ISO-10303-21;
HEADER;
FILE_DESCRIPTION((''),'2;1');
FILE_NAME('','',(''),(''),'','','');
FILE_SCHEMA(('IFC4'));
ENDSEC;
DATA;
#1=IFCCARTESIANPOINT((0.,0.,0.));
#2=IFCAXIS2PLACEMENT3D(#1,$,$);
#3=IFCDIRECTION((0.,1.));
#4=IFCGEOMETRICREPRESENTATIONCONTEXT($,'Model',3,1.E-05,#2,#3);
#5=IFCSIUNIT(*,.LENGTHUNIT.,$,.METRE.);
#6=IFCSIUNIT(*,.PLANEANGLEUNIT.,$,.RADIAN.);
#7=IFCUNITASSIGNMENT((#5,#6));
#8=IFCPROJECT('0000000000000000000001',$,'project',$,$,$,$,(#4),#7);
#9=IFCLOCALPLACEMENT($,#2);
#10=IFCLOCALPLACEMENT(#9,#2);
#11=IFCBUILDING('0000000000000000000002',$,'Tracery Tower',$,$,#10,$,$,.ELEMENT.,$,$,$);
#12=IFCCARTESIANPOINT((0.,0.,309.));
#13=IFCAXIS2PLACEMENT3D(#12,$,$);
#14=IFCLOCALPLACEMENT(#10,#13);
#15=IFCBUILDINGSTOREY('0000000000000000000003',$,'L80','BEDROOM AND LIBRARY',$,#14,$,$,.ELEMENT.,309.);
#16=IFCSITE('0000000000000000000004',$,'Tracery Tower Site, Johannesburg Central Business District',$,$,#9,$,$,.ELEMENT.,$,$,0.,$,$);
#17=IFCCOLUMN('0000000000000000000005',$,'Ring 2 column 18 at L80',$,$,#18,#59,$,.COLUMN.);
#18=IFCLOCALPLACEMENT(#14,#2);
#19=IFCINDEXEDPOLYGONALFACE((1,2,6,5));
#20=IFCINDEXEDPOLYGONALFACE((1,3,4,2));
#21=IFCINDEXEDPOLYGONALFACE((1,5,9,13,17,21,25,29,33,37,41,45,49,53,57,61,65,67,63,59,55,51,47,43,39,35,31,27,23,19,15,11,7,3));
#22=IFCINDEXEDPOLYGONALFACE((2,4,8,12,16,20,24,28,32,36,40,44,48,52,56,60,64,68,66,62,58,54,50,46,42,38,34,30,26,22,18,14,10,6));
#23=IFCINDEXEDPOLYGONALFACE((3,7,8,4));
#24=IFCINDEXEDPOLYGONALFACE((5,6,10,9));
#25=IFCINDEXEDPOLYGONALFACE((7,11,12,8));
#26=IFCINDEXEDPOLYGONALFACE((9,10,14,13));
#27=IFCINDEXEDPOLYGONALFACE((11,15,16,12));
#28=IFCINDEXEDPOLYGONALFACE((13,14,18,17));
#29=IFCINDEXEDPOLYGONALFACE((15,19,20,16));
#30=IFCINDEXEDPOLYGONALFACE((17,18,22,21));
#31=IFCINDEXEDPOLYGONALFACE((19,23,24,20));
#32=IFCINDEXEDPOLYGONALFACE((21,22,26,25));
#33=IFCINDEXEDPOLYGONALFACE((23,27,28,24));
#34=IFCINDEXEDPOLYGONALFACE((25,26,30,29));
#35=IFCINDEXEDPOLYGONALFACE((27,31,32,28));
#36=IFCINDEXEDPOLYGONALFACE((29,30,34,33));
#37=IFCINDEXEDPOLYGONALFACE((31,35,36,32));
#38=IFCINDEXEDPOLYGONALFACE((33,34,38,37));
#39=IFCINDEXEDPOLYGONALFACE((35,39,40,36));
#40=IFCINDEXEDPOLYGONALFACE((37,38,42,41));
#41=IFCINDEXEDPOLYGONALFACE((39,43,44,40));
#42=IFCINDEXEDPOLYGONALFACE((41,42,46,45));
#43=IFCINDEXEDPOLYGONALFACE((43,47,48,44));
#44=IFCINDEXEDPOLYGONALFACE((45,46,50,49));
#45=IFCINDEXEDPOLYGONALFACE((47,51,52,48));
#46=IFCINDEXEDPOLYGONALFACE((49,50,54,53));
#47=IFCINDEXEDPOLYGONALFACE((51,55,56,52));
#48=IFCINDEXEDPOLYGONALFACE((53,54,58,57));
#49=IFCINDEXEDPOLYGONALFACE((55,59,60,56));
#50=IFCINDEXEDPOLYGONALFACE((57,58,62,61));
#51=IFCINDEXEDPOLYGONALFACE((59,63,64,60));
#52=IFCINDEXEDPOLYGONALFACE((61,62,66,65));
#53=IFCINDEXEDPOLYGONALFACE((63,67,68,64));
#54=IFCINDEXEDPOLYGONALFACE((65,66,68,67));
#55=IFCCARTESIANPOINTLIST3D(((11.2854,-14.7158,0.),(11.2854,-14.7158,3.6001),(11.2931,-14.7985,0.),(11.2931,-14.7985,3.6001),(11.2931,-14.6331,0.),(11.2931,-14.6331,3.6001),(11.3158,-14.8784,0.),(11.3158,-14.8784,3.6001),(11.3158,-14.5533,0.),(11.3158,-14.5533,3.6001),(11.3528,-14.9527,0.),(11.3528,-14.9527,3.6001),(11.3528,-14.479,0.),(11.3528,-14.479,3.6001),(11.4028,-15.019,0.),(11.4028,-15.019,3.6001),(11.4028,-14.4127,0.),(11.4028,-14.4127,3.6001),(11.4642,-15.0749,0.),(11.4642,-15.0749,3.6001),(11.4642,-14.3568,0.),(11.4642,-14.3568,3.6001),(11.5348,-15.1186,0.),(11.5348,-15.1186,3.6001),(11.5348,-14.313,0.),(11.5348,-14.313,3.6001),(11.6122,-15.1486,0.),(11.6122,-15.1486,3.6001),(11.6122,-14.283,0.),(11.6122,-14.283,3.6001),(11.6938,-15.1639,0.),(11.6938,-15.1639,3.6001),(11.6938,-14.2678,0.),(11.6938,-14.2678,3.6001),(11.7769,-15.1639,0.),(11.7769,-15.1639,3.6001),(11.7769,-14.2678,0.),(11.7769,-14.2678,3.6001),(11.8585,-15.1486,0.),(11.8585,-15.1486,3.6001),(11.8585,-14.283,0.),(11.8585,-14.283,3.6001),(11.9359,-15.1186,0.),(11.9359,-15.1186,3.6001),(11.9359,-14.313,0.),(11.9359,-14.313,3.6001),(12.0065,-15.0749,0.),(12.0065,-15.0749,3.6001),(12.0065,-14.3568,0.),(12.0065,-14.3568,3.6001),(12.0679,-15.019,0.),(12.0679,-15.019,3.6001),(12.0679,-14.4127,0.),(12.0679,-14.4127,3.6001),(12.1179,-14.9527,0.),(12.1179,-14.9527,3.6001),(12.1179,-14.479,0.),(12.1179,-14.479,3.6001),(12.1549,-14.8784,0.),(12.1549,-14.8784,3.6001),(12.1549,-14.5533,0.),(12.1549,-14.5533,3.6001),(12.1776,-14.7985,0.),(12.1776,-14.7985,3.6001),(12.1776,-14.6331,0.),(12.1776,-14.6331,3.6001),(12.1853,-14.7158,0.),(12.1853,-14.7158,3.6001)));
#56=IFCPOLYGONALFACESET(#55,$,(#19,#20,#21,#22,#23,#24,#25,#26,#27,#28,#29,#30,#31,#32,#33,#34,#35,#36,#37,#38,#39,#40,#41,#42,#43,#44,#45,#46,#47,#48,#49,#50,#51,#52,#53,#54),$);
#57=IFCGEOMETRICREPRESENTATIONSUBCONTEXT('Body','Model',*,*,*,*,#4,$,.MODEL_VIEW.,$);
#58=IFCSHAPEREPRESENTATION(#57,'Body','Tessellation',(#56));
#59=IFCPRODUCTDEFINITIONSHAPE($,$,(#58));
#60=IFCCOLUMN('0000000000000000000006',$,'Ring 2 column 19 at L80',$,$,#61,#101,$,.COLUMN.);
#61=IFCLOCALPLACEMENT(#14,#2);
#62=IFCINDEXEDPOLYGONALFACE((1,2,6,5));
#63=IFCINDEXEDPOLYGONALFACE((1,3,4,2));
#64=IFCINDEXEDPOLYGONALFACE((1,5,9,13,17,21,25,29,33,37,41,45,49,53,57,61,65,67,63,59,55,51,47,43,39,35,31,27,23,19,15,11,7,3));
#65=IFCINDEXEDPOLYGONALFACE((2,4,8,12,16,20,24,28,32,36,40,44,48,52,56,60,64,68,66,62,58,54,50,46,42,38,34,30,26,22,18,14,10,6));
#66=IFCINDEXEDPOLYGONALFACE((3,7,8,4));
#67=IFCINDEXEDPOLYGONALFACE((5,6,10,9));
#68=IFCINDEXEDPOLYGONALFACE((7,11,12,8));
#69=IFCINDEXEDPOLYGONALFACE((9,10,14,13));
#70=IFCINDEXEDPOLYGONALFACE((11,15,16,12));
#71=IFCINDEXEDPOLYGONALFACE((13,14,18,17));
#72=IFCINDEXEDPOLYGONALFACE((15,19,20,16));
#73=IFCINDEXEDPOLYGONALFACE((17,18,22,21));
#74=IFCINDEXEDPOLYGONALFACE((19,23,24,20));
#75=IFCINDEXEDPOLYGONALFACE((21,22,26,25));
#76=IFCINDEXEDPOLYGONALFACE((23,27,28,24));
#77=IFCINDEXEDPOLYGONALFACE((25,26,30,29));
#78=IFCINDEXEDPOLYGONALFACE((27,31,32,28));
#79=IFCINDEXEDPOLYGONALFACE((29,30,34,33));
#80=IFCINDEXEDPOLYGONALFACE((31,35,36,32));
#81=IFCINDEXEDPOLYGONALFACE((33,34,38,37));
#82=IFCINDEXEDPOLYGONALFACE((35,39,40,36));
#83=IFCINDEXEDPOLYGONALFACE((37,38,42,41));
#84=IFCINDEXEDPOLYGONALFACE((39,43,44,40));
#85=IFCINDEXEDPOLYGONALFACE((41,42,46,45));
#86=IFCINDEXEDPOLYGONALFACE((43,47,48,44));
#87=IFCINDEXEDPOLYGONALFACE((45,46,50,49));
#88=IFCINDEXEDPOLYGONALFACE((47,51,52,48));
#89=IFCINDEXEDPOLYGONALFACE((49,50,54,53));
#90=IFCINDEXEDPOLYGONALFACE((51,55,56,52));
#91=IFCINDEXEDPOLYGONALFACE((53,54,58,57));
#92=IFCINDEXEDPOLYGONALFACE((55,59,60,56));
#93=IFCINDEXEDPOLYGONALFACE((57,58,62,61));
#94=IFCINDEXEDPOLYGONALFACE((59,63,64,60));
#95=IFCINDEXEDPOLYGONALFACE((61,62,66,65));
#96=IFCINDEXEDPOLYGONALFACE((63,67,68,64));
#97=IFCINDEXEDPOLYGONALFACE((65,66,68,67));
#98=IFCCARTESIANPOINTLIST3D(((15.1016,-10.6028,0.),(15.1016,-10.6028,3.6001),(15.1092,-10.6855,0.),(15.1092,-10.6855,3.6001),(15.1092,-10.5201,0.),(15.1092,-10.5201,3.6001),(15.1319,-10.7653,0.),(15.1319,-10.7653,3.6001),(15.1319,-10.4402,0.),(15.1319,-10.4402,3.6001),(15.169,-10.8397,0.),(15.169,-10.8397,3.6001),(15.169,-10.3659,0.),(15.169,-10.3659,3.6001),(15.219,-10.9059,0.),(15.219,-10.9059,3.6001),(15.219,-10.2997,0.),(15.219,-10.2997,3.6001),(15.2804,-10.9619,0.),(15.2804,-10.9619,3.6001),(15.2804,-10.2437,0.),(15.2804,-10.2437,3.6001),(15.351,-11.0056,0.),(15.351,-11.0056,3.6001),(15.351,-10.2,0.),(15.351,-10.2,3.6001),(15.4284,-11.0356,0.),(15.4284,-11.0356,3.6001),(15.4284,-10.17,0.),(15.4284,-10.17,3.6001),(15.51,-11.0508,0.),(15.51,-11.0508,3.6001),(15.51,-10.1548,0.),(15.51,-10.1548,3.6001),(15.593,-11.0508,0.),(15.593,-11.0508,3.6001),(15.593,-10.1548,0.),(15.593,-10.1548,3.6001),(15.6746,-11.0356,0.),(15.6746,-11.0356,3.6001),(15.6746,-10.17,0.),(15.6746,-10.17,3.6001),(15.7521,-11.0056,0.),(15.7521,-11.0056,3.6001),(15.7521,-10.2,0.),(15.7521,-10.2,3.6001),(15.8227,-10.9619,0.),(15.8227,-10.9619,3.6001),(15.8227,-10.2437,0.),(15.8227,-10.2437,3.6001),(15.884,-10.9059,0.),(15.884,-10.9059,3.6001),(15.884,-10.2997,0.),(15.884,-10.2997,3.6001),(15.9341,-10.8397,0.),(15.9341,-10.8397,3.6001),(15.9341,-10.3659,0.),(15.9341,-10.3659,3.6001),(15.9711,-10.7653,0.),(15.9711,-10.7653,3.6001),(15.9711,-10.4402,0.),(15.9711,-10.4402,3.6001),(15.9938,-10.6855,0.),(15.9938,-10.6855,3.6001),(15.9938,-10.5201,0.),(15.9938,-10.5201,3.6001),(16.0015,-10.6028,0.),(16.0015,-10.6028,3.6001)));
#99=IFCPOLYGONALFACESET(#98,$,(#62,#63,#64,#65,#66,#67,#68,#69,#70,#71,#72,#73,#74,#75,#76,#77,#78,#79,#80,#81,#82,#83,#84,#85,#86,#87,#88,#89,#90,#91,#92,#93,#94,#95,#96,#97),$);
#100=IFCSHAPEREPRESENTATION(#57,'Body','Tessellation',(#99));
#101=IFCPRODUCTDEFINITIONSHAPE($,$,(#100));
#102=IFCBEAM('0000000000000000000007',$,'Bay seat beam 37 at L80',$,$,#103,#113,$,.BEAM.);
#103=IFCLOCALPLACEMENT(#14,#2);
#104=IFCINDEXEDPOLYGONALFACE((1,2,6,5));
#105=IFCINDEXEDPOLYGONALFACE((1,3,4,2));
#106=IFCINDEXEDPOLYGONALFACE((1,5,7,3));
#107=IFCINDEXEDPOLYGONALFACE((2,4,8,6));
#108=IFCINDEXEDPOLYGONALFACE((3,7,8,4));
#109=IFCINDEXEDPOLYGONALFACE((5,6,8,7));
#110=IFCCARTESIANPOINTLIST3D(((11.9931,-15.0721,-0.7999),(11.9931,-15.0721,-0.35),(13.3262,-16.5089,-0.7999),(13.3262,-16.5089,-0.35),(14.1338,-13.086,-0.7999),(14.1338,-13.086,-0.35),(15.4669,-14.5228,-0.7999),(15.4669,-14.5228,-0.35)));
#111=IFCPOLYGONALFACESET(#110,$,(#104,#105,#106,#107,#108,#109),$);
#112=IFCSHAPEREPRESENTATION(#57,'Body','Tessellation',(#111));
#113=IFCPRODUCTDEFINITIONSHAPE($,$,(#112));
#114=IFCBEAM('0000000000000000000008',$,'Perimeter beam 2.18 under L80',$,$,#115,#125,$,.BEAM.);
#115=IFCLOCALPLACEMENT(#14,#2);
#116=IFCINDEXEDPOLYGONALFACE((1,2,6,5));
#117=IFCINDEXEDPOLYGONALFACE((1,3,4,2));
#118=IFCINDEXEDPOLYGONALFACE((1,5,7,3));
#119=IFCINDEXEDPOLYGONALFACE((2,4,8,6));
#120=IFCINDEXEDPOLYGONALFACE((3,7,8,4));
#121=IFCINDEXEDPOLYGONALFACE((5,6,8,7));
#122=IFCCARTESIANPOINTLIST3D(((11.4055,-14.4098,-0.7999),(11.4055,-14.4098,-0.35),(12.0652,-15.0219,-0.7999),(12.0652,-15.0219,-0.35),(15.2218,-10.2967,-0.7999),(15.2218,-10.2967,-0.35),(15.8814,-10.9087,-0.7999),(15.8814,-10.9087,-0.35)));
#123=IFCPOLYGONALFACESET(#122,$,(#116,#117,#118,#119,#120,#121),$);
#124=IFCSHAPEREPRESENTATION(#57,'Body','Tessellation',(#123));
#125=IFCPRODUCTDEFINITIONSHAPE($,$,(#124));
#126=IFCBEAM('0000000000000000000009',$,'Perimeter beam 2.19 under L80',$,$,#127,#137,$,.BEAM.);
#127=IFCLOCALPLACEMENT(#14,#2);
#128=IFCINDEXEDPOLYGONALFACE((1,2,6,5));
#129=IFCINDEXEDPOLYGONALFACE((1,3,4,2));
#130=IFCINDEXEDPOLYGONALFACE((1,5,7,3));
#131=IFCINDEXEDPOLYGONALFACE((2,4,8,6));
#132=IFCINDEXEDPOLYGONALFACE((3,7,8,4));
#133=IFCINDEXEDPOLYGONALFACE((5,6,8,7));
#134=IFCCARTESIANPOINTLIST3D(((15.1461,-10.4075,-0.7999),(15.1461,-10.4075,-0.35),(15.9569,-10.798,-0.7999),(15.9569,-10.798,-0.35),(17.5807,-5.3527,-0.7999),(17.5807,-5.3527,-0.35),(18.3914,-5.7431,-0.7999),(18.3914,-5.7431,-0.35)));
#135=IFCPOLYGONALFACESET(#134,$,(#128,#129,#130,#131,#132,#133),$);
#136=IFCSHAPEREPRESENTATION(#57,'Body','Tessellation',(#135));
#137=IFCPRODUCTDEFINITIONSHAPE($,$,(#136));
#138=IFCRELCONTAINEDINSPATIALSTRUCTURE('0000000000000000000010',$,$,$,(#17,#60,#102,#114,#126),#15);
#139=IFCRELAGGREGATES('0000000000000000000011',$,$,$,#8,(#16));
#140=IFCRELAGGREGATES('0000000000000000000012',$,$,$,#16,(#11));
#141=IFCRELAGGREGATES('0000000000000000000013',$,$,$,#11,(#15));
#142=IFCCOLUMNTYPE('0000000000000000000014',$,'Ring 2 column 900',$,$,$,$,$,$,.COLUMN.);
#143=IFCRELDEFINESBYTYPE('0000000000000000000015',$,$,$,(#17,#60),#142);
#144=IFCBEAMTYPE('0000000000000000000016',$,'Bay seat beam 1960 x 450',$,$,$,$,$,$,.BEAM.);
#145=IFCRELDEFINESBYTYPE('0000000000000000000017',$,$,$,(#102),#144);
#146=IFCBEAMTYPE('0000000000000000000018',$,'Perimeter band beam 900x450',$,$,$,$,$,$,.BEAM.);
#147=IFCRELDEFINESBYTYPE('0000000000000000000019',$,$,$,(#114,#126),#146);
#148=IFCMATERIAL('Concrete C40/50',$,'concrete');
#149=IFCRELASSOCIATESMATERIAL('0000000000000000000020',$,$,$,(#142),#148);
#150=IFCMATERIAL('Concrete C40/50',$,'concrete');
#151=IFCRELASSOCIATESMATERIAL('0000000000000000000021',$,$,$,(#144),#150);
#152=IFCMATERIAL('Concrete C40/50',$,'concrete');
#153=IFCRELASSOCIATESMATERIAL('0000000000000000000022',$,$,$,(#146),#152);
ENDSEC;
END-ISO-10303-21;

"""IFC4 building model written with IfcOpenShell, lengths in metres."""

from ifc_helpers import new_model, si_unit, direction, frame, origin, origin_2d, place, context, subcontext, project, spatial, rectangle, circle, extrude, material, material_profile, profile_set, type_object, element, save


model = new_model("IFC4")

# Units and contexts
model_context = context("Model", 3, precision=1e-05, world=origin(), true_north=direction((0.0, 1.0)))
body_context = subcontext(model_context, "Body", "Model", "MODEL_VIEW")
ifc_project = project(units=[si_unit("LENGTHUNIT", "METRE"), si_unit("PLANEANGLEUNIT", "RADIAN")], contexts=[model_context])

# Site, building, storey
site_placement = place(None, origin())
site = spatial("IfcSite", under=ifc_project, at=site_placement, Name="Tracery Tower Site, Johannesburg Central Business District", CompositionType="ELEMENT", RefElevation=0.0)
building_placement = place(site_placement, origin())
building = spatial("IfcBuilding", under=site, at=building_placement, Name="Tracery Tower", CompositionType="ELEMENT")
storey_placement = place(building_placement, frame((0.0, 0.0, 309.0)))
storey = spatial("IfcBuildingStorey", under=building, at=storey_placement, Name="L80", Description="BEDROOM AND LIBRARY", CompositionType="ELEMENT", Elevation=309.0)

# Columns
ifc_material_1 = material(Name="Concrete C40/50", Category="concrete")
ifc_material_profile_1 = material_profile(ifc_material_1, circle(Radius=0.45, at=origin_2d()), Name="RC D900")
ifc_profile_set_1 = profile_set([ifc_material_profile_1], Name="Concrete C40/50")
column_type = type_object("IfcColumnType", Name="Ring 2 column 900", PredefinedType="COLUMN", material=ifc_profile_set_1)
for number, where, z_axis, x_axis, name in (
    (1, (11.7354, -14.7158, 0.0), (0.0, 0.0, 1.0), (1.0, 0.0, 0.0), "Ring 2 column 18 at L80"),
    (2, (15.5515, -10.6028, 0.0), (0.0, 0.0, 1.0), (1.0, 0.0, 0.0), "Ring 2 column 19 at L80"),
):
    element("IfcColumn", number, at=place(storey_placement, frame(where, z_axis=z_axis, x_axis=x_axis)), inside=storey, type_object=column_type, Name=name, PredefinedType="COLUMN", context=body_context, shape_type="SweptSolid", body=[
        extrude(circle(Radius=0.45, at=origin_2d()), origin(), (0.0, 0.0, 1.0), 3.6001),
    ])

# Beams
ifc_material_2 = material(Name="Concrete C40/50", Category="concrete")
ifc_material_profile_2 = material_profile(ifc_material_2, rectangle(XDim=1.96, YDim=0.45, at=origin_2d()), Name="RC 1960x450")
ifc_profile_set_2 = profile_set([ifc_material_profile_2], Name="Concrete C40/50")
beam_type_1 = type_object("IfcBeamType", Name="Bay seat beam 1960 x 450", PredefinedType="BEAM", material=ifc_profile_set_2)
beam_1_placement = place(storey_placement, frame((12.6597, -15.7905, -0.575), z_axis=(0.733073, 0.68015, 0.0), x_axis=(-0.68015, 0.733073, 0.0)))
element("IfcBeam", 3, at=beam_1_placement, inside=storey, type_object=beam_type_1, Name="Bay seat beam 37 at L80", PredefinedType="BEAM", context=body_context, shape_type="SweptSolid", body=[
    extrude(rectangle(XDim=1.96, YDim=0.45, at=origin_2d()), origin(), (0.0, 0.0, 1.0), 2.9202),
])
ifc_material_3 = material(Name="Concrete C40/50", Category="concrete")
ifc_material_profile_3 = material_profile(ifc_material_3, rectangle(XDim=0.8999, YDim=0.45, at=origin_2d()), Name="RC 900x450")
ifc_profile_set_3 = profile_set([ifc_material_profile_3], Name="Concrete C40/50")
beam_type_2 = type_object("IfcBeamType", Name="Perimeter band beam 900x450", PredefinedType="BEAM", material=ifc_profile_set_3)
beam_2_placement = place(storey_placement, frame((11.7354, -14.7158, -0.575), z_axis=(0.680156, 0.733068, 0.0), x_axis=(-0.733068, 0.680156, 0.0)))
element("IfcBeam", 4, at=beam_2_placement, inside=storey, type_object=beam_type_2, Name="Perimeter beam 2.18 under L80", PredefinedType="BEAM", context=body_context, shape_type="SweptSolid", body=[
    extrude(rectangle(XDim=0.8999, YDim=0.45, at=origin_2d()), origin(), (0.0, 0.0, 1.0), 5.6108),
])
beam_3_placement = place(storey_placement, frame((15.5515, -10.6028, -0.575), z_axis=(0.433919, 0.900952, 0.0), x_axis=(-0.900952, 0.433919, 0.0)))
element("IfcBeam", 5, at=beam_3_placement, inside=storey, type_object=beam_type_2, Name="Perimeter beam 2.19 under L80", PredefinedType="BEAM", context=body_context, shape_type="SweptSolid", body=[
    extrude(rectangle(XDim=0.8999, YDim=0.45, at=origin_2d()), origin(), (0.0, 0.0, 1.0), 5.6106),
])

save(model, "model.ifc")
